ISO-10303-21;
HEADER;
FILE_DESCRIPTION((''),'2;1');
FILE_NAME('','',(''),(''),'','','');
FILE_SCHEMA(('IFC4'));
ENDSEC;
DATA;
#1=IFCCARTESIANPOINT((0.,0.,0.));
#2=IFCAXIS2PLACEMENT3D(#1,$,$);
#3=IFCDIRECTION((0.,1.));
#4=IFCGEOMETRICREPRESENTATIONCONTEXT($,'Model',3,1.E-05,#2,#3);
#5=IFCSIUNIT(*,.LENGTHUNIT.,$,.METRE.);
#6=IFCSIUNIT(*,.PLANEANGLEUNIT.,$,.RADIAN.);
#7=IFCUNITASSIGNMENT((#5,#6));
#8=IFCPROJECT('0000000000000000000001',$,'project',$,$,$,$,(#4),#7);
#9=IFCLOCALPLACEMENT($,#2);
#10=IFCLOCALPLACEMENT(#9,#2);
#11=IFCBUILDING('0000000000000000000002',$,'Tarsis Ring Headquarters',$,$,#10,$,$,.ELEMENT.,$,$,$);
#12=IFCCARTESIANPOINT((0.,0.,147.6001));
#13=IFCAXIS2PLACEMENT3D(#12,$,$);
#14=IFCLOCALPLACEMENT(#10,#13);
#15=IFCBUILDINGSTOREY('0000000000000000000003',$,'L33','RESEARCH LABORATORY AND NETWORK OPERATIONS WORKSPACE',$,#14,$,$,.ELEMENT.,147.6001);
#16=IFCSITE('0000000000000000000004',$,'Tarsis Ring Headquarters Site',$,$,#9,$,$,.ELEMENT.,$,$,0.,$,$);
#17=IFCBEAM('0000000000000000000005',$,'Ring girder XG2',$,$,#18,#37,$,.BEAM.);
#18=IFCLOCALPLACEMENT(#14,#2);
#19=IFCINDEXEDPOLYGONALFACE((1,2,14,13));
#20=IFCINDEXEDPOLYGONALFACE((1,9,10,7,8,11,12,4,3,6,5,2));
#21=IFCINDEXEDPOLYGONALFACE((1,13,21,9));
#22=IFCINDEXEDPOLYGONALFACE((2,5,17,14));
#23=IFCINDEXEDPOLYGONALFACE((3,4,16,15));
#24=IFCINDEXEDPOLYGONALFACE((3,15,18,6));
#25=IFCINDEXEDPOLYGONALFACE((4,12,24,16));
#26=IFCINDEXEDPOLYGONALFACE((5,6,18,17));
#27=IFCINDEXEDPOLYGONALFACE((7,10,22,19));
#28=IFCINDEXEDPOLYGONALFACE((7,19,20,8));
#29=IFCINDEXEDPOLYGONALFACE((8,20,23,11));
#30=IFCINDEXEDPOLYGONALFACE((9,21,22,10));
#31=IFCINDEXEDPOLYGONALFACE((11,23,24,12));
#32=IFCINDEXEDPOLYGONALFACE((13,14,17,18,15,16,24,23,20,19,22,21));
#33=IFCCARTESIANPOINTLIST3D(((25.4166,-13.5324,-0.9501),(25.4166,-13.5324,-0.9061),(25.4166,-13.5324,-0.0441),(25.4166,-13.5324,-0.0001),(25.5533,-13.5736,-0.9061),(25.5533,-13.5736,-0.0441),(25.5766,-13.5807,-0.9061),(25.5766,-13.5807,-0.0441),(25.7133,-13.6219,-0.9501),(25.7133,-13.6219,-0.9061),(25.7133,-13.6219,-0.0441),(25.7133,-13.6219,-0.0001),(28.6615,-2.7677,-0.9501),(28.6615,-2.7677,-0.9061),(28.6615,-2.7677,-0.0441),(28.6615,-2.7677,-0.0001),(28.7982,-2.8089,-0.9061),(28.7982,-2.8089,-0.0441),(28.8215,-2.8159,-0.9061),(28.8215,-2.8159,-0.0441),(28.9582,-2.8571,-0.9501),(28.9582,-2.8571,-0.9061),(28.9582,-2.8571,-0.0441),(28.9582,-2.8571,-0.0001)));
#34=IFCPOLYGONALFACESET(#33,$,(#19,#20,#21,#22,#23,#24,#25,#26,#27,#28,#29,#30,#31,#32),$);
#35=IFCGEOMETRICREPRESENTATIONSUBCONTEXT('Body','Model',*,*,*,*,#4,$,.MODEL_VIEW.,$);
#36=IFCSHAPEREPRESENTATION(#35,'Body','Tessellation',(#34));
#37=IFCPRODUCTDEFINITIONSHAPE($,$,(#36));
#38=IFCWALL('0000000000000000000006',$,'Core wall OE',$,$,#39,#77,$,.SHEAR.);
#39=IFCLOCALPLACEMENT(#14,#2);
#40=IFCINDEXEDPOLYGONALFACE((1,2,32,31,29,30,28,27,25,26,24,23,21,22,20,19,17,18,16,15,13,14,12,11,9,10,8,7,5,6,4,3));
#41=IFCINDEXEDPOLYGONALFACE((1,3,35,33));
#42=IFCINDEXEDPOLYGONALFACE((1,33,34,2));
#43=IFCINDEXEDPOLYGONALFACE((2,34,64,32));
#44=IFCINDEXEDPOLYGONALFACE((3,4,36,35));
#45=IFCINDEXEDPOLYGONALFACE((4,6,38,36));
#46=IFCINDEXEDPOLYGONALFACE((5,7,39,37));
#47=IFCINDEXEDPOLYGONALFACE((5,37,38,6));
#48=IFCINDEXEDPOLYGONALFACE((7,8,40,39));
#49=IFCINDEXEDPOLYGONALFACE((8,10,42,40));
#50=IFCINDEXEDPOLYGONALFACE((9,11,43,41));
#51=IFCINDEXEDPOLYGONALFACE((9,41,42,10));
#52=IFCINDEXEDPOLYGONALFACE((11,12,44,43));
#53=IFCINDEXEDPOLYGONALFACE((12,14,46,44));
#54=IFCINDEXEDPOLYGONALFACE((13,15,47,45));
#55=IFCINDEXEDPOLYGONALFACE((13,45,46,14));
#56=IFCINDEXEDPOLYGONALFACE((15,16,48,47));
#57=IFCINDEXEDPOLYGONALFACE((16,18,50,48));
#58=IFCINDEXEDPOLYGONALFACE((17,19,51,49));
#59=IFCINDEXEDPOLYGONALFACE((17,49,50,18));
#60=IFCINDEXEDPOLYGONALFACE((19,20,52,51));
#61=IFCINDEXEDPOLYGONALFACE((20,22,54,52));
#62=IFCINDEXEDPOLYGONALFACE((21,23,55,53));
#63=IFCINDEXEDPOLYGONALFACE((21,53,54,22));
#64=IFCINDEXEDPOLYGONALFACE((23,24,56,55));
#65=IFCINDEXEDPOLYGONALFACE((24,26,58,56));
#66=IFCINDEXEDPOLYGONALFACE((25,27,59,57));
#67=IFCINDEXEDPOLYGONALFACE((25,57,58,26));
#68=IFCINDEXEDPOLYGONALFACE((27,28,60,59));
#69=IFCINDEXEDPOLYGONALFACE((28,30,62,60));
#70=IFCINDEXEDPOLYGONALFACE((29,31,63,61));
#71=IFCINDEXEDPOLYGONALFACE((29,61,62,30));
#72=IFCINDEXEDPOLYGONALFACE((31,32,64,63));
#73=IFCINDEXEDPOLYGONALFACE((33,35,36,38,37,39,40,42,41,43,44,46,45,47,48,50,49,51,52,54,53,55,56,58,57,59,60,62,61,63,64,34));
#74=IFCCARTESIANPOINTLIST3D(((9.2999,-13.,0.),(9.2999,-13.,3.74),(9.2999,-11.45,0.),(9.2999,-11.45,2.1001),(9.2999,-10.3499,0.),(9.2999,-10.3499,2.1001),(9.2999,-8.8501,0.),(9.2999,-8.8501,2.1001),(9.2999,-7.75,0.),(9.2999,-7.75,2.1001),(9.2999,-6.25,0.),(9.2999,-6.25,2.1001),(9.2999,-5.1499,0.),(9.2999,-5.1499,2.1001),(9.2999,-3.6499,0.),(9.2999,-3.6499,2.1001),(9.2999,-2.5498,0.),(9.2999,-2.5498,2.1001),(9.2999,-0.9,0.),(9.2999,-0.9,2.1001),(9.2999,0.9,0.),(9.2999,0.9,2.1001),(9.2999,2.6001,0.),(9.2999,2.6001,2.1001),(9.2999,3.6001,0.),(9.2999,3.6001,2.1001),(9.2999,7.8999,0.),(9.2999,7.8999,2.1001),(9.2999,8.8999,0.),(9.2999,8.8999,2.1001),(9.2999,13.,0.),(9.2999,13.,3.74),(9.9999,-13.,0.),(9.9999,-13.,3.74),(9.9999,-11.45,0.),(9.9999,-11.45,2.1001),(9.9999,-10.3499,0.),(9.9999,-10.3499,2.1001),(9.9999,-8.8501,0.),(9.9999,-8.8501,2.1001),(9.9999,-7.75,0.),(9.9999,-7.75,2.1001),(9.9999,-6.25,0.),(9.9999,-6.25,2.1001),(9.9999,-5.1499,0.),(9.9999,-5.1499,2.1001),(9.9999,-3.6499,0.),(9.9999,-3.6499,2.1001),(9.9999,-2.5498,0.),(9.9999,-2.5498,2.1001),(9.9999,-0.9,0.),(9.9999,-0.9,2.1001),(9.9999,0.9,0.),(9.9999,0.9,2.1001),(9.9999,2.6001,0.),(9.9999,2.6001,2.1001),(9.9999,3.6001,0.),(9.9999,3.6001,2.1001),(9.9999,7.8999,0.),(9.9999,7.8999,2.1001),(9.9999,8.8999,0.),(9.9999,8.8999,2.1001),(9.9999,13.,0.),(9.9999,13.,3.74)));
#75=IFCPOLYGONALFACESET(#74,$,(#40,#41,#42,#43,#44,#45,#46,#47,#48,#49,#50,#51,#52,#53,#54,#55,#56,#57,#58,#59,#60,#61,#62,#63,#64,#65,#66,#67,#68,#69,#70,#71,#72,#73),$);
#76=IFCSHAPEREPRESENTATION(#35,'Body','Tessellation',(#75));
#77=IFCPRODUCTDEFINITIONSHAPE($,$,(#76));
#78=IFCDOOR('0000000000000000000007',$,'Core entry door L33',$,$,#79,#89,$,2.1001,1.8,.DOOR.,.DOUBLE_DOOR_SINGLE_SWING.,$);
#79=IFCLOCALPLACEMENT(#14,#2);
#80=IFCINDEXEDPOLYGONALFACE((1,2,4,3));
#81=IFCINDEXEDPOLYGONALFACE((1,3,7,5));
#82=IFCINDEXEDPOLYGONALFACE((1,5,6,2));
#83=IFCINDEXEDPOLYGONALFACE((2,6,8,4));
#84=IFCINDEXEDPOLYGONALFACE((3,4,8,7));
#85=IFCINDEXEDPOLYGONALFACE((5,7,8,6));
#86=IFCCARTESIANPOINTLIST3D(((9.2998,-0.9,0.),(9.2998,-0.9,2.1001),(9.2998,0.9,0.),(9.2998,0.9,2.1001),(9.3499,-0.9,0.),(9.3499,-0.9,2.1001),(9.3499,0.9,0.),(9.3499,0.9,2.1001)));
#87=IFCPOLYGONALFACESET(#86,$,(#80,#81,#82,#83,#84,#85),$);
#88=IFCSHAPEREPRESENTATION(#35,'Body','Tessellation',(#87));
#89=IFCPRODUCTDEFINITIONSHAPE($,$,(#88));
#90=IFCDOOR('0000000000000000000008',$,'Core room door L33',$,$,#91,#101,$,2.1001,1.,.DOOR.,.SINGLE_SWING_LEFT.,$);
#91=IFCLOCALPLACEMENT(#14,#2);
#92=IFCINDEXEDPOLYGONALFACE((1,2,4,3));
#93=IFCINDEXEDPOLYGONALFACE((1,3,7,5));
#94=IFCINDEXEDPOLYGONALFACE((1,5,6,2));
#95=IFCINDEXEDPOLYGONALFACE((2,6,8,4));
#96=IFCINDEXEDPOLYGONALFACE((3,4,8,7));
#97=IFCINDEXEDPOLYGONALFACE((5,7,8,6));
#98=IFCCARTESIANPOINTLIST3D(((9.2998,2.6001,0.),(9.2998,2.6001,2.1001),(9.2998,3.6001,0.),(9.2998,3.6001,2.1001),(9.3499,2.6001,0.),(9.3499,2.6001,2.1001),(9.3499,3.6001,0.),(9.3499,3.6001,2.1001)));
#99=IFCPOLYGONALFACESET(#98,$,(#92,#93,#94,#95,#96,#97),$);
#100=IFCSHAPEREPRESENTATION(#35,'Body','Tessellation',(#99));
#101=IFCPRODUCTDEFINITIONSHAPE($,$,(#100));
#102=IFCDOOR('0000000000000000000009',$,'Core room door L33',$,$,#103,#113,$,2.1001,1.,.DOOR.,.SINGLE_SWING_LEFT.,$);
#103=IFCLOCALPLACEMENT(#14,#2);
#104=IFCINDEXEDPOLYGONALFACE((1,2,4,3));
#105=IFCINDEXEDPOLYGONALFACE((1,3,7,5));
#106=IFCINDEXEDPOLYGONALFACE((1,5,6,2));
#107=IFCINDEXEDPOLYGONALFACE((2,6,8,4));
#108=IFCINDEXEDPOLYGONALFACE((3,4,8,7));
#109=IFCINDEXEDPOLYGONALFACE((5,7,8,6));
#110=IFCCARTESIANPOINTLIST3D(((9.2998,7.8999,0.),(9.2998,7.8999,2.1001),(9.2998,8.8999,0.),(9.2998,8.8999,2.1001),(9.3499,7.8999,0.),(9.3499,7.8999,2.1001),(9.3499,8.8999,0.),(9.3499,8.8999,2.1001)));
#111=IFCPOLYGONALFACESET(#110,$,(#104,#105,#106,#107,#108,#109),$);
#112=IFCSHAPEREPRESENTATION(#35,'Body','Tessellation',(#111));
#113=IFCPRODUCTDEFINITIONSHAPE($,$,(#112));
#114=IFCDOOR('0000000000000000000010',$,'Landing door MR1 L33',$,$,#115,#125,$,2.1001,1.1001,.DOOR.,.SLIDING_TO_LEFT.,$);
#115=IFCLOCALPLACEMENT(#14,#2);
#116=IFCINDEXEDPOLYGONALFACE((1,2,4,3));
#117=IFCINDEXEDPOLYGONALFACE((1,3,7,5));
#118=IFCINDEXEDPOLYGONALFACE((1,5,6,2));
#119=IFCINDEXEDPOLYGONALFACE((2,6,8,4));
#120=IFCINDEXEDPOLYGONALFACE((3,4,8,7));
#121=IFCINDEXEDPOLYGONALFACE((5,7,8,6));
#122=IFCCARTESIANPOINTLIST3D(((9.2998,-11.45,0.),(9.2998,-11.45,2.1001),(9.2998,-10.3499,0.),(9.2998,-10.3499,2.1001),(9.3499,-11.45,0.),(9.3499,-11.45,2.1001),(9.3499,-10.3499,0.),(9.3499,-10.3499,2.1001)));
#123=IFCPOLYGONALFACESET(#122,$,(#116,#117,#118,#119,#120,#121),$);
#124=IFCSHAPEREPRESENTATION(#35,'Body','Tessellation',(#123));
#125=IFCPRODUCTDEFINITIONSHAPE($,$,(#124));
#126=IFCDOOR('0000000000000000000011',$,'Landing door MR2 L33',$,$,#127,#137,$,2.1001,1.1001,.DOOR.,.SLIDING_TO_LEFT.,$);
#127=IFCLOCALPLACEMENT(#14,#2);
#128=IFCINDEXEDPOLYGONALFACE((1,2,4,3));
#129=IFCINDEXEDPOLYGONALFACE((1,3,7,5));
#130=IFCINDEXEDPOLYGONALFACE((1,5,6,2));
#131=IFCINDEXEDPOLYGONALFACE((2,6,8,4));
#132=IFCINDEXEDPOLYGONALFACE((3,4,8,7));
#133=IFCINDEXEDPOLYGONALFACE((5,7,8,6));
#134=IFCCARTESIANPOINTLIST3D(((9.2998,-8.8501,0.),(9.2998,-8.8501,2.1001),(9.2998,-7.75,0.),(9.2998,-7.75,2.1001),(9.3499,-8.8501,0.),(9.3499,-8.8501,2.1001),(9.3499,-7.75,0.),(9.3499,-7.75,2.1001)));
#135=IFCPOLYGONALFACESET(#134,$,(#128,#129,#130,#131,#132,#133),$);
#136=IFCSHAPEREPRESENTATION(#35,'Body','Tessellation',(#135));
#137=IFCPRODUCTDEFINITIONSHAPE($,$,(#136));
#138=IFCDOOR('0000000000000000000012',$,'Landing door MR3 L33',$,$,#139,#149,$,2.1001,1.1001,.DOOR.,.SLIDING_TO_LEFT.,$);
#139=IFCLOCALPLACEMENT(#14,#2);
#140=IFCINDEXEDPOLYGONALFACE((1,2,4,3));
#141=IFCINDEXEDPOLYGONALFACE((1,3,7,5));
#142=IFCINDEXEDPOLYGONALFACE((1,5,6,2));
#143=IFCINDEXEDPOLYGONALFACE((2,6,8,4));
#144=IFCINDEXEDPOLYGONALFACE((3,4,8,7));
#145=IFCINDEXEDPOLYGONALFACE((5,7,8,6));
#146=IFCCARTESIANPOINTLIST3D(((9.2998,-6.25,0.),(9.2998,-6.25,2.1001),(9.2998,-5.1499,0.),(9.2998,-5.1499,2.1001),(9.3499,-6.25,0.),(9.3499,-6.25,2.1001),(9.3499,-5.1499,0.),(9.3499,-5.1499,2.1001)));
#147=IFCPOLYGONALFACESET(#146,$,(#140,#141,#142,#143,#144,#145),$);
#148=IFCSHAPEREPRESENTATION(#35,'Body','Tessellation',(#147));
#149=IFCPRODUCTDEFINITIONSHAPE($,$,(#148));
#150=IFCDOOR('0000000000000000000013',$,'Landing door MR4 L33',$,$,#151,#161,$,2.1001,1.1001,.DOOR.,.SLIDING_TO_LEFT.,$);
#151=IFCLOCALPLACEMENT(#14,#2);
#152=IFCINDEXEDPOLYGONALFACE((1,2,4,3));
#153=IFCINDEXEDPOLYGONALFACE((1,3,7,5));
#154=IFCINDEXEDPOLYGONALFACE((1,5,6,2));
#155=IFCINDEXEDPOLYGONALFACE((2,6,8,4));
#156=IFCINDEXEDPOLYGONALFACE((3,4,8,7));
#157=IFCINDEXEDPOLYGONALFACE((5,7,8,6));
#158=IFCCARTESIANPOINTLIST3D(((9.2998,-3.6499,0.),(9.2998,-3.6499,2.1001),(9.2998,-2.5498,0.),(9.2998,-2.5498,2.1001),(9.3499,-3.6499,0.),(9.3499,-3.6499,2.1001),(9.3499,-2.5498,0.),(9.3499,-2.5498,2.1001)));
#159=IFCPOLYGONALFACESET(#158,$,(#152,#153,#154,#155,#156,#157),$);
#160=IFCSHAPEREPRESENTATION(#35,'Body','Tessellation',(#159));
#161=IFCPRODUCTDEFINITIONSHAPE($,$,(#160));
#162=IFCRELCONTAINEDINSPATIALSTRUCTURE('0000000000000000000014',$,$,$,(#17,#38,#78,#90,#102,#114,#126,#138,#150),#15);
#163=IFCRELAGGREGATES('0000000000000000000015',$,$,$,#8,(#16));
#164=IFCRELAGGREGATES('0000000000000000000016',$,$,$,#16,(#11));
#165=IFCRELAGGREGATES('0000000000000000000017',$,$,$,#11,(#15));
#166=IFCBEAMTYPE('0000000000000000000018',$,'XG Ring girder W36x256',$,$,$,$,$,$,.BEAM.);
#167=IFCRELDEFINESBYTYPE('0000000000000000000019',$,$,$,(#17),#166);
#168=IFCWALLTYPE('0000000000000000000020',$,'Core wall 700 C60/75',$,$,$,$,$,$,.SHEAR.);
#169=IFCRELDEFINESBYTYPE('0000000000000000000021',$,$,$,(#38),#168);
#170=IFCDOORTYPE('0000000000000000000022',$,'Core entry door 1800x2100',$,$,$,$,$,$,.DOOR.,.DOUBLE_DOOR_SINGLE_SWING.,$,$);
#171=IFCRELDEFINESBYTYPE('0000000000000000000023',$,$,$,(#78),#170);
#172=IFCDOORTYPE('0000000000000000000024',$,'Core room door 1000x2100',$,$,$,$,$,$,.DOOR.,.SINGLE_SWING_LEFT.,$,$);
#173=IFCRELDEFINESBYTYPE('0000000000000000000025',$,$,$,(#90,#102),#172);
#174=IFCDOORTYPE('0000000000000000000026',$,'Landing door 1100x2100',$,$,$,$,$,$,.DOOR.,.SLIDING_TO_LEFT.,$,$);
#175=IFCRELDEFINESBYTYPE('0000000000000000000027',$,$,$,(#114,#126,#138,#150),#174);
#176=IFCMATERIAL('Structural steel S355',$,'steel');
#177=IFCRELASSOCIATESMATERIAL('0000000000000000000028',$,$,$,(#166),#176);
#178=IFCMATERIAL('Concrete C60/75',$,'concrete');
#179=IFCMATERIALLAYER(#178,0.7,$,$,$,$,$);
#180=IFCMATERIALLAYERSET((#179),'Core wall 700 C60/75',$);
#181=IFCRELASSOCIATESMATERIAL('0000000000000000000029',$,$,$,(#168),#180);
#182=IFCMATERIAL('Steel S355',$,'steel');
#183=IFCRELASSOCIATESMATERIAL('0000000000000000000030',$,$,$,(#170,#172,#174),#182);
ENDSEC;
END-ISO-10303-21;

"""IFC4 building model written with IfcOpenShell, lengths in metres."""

from ifc_helpers import new_model, si_unit, direction, frame, frame_2d, origin, origin_2d, place, context, subcontext, project, spatial, rectangle, i_section, extrude, material, layer, layer_set, material_profile, profile_set, type_object, element, fill, save


model = new_model("IFC4")

# Units and contexts
model_context = context("Model", 3, precision=1e-05, world=origin(), true_north=direction((0.0, 1.0)))
body_context = subcontext(model_context, "Body", "Model", "MODEL_VIEW")
ifc_project = project(units=[si_unit("LENGTHUNIT", "METRE"), si_unit("PLANEANGLEUNIT", "RADIAN")], contexts=[model_context])

# Site, building, storey
site_placement = place(None, origin())
site = spatial("IfcSite", under=ifc_project, at=site_placement, Name="Tarsis Ring Headquarters Site", CompositionType="ELEMENT", RefElevation=0.0)
building_placement = place(site_placement, origin())
building = spatial("IfcBuilding", under=site, at=building_placement, Name="Tarsis Ring Headquarters", CompositionType="ELEMENT")
storey_placement = place(building_placement, frame((0.0, 0.0, 147.6001)))
storey = spatial("IfcBuildingStorey", under=building, at=storey_placement, Name="L33", Description="RESEARCH LABORATORY AND NETWORK OPERATIONS WORKSPACE", CompositionType="ELEMENT", Elevation=147.6001)

# Shared definitions
ifc_material_1 = material(Name="Structural steel S355", Category="steel")

# Beam
ifc_material_profile_1 = material_profile(ifc_material_1, i_section(OverallWidth=0.3098, OverallDepth=0.95, WebThickness=0.0244, FlangeThickness=0.0439, at=origin_2d()), Name="W36x256")
ifc_profile_set_1 = profile_set([ifc_material_profile_1], Name="Structural steel S355")
beam_type_1 = type_object("IfcBeamType", Name="XG Ring girder W36x256", PredefinedType="BEAM", material=ifc_profile_set_1)
beam_1_placement = place(storey_placement, frame((25.5649, -13.5771, -0.4751), z_axis=(0.288611, 0.957447, 0.0), x_axis=(-0.957447, 0.288611, 0.0)))
element("IfcBeam", 1, at=beam_1_placement, inside=storey, type_object=beam_type_1, Name="Ring girder XG2", PredefinedType="BEAM", context=body_context, shape_type="SweptSolid", body=[
    extrude(i_section(OverallWidth=0.3098, OverallDepth=0.95, WebThickness=0.0244, FlangeThickness=0.0439, at=origin_2d()), origin(), (0.0, 0.0, 1.0), 11.2432),
])

# Wall, openings, doors
ifc_material_2 = material(Name="Concrete C60/75", Category="concrete")
ifc_layer_1 = layer(ifc_material_2, 0.7)
ifc_layer_set_1 = layer_set([ifc_layer_1], Name="Core wall 700 C60/75")
wall_type_1 = type_object("IfcWallType", Name="Core wall 700 C60/75", PredefinedType="SHEAR", material=ifc_layer_set_1)
wall_1_placement = place(storey_placement, frame((9.6499, -13.0, 0.0), z_axis=(0.0, 0.0, 1.0), x_axis=(0.0, 1.0, 0.0)))
wall_1 = element("IfcWall", 2, at=wall_1_placement, inside=storey, type_object=wall_type_1, Name="Core wall OE", PredefinedType="SHEAR", context=body_context, shape_type="SweptSolid", body=[
    extrude(rectangle(XDim=26.0, YDim=0.7, at=frame_2d((13.0, 0.0))), origin(), (0.0, 0.0, 1.0), 3.74),
])
opening_1_placement = place(wall_1_placement, frame((1.55, 0.0, 0.0)))
opening_1 = element("IfcOpeningElement", 3, at=opening_1_placement, cuts=wall_1, PredefinedType="OPENING", context=body_context, shape_type="SweptSolid", body=[
    extrude(rectangle(XDim=1.1001, YDim=2.1001, at=frame_2d((0.55, 1.05))), frame((0.0, 0.3599, 0.0), z_axis=(0.0, -1.0, 0.0), x_axis=(1.0, 0.0, 0.0)), (0.0, 0.0, 1.0), 0.72),
])
opening_2_placement = place(wall_1_placement, frame((4.1499, 0.0, 0.0)))
opening_2 = element("IfcOpeningElement", 4, at=opening_2_placement, cuts=wall_1, PredefinedType="OPENING", context=body_context, shape_type="SweptSolid", body=[
    extrude(rectangle(XDim=1.1001, YDim=2.1001, at=frame_2d((0.55, 1.05))), frame((0.0, 0.3599, 0.0), z_axis=(0.0, -1.0, 0.0), x_axis=(1.0, 0.0, 0.0)), (0.0, 0.0, 1.0), 0.72),
])
opening_3_placement = place(wall_1_placement, frame((6.75, 0.0, 0.0)))
opening_3 = element("IfcOpeningElement", 5, at=opening_3_placement, cuts=wall_1, PredefinedType="OPENING", context=body_context, shape_type="SweptSolid", body=[
    extrude(rectangle(XDim=1.1001, YDim=2.1001, at=frame_2d((0.55, 1.05))), frame((0.0, 0.3599, 0.0), z_axis=(0.0, -1.0, 0.0), x_axis=(1.0, 0.0, 0.0)), (0.0, 0.0, 1.0), 0.72),
])
opening_4_placement = place(wall_1_placement, frame((9.3501, 0.0, 0.0)))
opening_4 = element("IfcOpeningElement", 6, at=opening_4_placement, cuts=wall_1, PredefinedType="OPENING", context=body_context, shape_type="SweptSolid", body=[
    extrude(rectangle(XDim=1.1001, YDim=2.1001, at=frame_2d((0.55, 1.05))), frame((0.0, 0.3599, 0.0), z_axis=(0.0, -1.0, 0.0), x_axis=(1.0, 0.0, 0.0)), (0.0, 0.0, 1.0), 0.72),
])
opening_5_placement = place(wall_1_placement, frame((12.1001, 0.0, 0.0)))
opening_5 = element("IfcOpeningElement", 7, at=opening_5_placement, cuts=wall_1, PredefinedType="OPENING", context=body_context, shape_type="SweptSolid", body=[
    extrude(rectangle(XDim=1.8, YDim=2.1001, at=frame_2d((0.8999, 1.05))), frame((0.0, 0.3599, 0.0), z_axis=(0.0, -1.0, 0.0), x_axis=(1.0, 0.0, 0.0)), (0.0, 0.0, 1.0), 0.72),
])
opening_6_placement = place(wall_1_placement, frame((15.6001, 0.0, 0.0)))
opening_6 = element("IfcOpeningElement", 8, at=opening_6_placement, cuts=wall_1, PredefinedType="OPENING", context=body_context, shape_type="SweptSolid", body=[
    extrude(rectangle(XDim=1.0, YDim=2.1001, at=frame_2d((0.5, 1.05))), frame((0.0, 0.3599, 0.0), z_axis=(0.0, -1.0, 0.0), x_axis=(1.0, 0.0, 0.0)), (0.0, 0.0, 1.0), 0.72),
])
opening_7_placement = place(wall_1_placement, frame((20.8999, 0.0, 0.0)))
opening_7 = element("IfcOpeningElement", 9, at=opening_7_placement, cuts=wall_1, PredefinedType="OPENING", context=body_context, shape_type="SweptSolid", body=[
    extrude(rectangle(XDim=1.0, YDim=2.1001, at=frame_2d((0.5, 1.05))), frame((0.0, 0.3599, 0.0), z_axis=(0.0, -1.0, 0.0), x_axis=(1.0, 0.0, 0.0)), (0.0, 0.0, 1.0), 0.72),
])
ifc_material_3 = material(Name="Steel S355", Category="steel")
door_type_1 = type_object("IfcDoorType", Name="Core entry door 1800x2100", OperationType="DOUBLE_DOOR_SINGLE_SWING", PredefinedType="DOOR", material=ifc_material_3)
door_1_placement = place(opening_5_placement, origin())
door_1 = element("IfcDoor", 10, at=door_1_placement, inside=storey, type_object=door_type_1, Name="Core entry door L33", OperationType="DOUBLE_DOOR_SINGLE_SWING", OverallHeight=2.1001, OverallWidth=1.8, PredefinedType="DOOR", context=body_context, shape_type="SweptSolid", body=[
    extrude(rectangle(XDim=1.8, YDim=2.1001, at=frame_2d((0.8999, 1.05))), frame((0.0, 0.3501, 0.0), z_axis=(0.0, -1.0, 0.0), x_axis=(1.0, 0.0, 0.0)), (0.0, 0.0, 1.0), 0.05),
])
fill(opening_5, door_1)
door_type_2 = type_object("IfcDoorType", Name="Core room door 1000x2100", OperationType="SINGLE_SWING_LEFT", PredefinedType="DOOR", material=ifc_material_3)
door_2_placement = place(opening_6_placement, origin())
door_2 = element("IfcDoor", 11, at=door_2_placement, inside=storey, type_object=door_type_2, Name="Core room door L33", OperationType="SINGLE_SWING_LEFT", OverallHeight=2.1001, OverallWidth=1.0, PredefinedType="DOOR", context=body_context, shape_type="SweptSolid", body=[
    extrude(rectangle(XDim=1.0, YDim=2.1001, at=frame_2d((0.5, 1.05))), frame((0.0, 0.3501, 0.0), z_axis=(0.0, -1.0, 0.0), x_axis=(1.0, 0.0, 0.0)), (0.0, 0.0, 1.0), 0.05),
])
fill(opening_6, door_2)
door_3_placement = place(opening_7_placement, origin())
door_3 = element("IfcDoor", 12, at=door_3_placement, inside=storey, type_object=door_type_2, Name="Core room door L33", OperationType="SINGLE_SWING_LEFT", OverallHeight=2.1001, OverallWidth=1.0, PredefinedType="DOOR", context=body_context, shape_type="SweptSolid", body=[
    extrude(rectangle(XDim=1.0, YDim=2.1001, at=frame_2d((0.5, 1.05))), frame((0.0, 0.3501, 0.0), z_axis=(0.0, -1.0, 0.0), x_axis=(1.0, 0.0, 0.0)), (0.0, 0.0, 1.0), 0.05),
])
fill(opening_7, door_3)
door_type_3 = type_object("IfcDoorType", Name="Landing door 1100x2100", OperationType="SLIDING_TO_LEFT", PredefinedType="DOOR", material=ifc_material_3)
door_4_placement = place(opening_1_placement, origin())
door_4 = element("IfcDoor", 13, at=door_4_placement, inside=storey, type_object=door_type_3, Name="Landing door MR1 L33", OperationType="SLIDING_TO_LEFT", OverallHeight=2.1001, OverallWidth=1.1001, PredefinedType="DOOR", context=body_context, shape_type="SweptSolid", body=[
    extrude(rectangle(XDim=1.1001, YDim=2.1001, at=frame_2d((0.55, 1.05))), frame((0.0, 0.3501, 0.0), z_axis=(0.0, -1.0, 0.0), x_axis=(1.0, 0.0, 0.0)), (0.0, 0.0, 1.0), 0.05),
])
fill(opening_1, door_4)
door_5_placement = place(opening_2_placement, origin())
door_5 = element("IfcDoor", 14, at=door_5_placement, inside=storey, type_object=door_type_3, Name="Landing door MR2 L33", OperationType="SLIDING_TO_LEFT", OverallHeight=2.1001, OverallWidth=1.1001, PredefinedType="DOOR", context=body_context, shape_type="SweptSolid", body=[
    extrude(rectangle(XDim=1.1001, YDim=2.1001, at=frame_2d((0.55, 1.05))), frame((0.0, 0.3501, 0.0), z_axis=(0.0, -1.0, 0.0), x_axis=(1.0, 0.0, 0.0)), (0.0, 0.0, 1.0), 0.05),
])
fill(opening_2, door_5)
door_6_placement = place(opening_3_placement, origin())
door_6 = element("IfcDoor", 15, at=door_6_placement, inside=storey, type_object=door_type_3, Name="Landing door MR3 L33", OperationType="SLIDING_TO_LEFT", OverallHeight=2.1001, OverallWidth=1.1001, PredefinedType="DOOR", context=body_context, shape_type="SweptSolid", body=[
    extrude(rectangle(XDim=1.1001, YDim=2.1001, at=frame_2d((0.55, 1.05))), frame((0.0, 0.3501, 0.0), z_axis=(0.0, -1.0, 0.0), x_axis=(1.0, 0.0, 0.0)), (0.0, 0.0, 1.0), 0.05),
])
fill(opening_3, door_6)
door_7_placement = place(opening_4_placement, origin())
door_7 = element("IfcDoor", 16, at=door_7_placement, inside=storey, type_object=door_type_3, Name="Landing door MR4 L33", OperationType="SLIDING_TO_LEFT", OverallHeight=2.1001, OverallWidth=1.1001, PredefinedType="DOOR", context=body_context, shape_type="SweptSolid", body=[
    extrude(rectangle(XDim=1.1001, YDim=2.1001, at=frame_2d((0.55, 1.05))), frame((0.0, 0.3501, 0.0), z_axis=(0.0, -1.0, 0.0), x_axis=(1.0, 0.0, 0.0)), (0.0, 0.0, 1.0), 0.05),
])
fill(opening_4, door_7)

save(model, "model.ifc")
